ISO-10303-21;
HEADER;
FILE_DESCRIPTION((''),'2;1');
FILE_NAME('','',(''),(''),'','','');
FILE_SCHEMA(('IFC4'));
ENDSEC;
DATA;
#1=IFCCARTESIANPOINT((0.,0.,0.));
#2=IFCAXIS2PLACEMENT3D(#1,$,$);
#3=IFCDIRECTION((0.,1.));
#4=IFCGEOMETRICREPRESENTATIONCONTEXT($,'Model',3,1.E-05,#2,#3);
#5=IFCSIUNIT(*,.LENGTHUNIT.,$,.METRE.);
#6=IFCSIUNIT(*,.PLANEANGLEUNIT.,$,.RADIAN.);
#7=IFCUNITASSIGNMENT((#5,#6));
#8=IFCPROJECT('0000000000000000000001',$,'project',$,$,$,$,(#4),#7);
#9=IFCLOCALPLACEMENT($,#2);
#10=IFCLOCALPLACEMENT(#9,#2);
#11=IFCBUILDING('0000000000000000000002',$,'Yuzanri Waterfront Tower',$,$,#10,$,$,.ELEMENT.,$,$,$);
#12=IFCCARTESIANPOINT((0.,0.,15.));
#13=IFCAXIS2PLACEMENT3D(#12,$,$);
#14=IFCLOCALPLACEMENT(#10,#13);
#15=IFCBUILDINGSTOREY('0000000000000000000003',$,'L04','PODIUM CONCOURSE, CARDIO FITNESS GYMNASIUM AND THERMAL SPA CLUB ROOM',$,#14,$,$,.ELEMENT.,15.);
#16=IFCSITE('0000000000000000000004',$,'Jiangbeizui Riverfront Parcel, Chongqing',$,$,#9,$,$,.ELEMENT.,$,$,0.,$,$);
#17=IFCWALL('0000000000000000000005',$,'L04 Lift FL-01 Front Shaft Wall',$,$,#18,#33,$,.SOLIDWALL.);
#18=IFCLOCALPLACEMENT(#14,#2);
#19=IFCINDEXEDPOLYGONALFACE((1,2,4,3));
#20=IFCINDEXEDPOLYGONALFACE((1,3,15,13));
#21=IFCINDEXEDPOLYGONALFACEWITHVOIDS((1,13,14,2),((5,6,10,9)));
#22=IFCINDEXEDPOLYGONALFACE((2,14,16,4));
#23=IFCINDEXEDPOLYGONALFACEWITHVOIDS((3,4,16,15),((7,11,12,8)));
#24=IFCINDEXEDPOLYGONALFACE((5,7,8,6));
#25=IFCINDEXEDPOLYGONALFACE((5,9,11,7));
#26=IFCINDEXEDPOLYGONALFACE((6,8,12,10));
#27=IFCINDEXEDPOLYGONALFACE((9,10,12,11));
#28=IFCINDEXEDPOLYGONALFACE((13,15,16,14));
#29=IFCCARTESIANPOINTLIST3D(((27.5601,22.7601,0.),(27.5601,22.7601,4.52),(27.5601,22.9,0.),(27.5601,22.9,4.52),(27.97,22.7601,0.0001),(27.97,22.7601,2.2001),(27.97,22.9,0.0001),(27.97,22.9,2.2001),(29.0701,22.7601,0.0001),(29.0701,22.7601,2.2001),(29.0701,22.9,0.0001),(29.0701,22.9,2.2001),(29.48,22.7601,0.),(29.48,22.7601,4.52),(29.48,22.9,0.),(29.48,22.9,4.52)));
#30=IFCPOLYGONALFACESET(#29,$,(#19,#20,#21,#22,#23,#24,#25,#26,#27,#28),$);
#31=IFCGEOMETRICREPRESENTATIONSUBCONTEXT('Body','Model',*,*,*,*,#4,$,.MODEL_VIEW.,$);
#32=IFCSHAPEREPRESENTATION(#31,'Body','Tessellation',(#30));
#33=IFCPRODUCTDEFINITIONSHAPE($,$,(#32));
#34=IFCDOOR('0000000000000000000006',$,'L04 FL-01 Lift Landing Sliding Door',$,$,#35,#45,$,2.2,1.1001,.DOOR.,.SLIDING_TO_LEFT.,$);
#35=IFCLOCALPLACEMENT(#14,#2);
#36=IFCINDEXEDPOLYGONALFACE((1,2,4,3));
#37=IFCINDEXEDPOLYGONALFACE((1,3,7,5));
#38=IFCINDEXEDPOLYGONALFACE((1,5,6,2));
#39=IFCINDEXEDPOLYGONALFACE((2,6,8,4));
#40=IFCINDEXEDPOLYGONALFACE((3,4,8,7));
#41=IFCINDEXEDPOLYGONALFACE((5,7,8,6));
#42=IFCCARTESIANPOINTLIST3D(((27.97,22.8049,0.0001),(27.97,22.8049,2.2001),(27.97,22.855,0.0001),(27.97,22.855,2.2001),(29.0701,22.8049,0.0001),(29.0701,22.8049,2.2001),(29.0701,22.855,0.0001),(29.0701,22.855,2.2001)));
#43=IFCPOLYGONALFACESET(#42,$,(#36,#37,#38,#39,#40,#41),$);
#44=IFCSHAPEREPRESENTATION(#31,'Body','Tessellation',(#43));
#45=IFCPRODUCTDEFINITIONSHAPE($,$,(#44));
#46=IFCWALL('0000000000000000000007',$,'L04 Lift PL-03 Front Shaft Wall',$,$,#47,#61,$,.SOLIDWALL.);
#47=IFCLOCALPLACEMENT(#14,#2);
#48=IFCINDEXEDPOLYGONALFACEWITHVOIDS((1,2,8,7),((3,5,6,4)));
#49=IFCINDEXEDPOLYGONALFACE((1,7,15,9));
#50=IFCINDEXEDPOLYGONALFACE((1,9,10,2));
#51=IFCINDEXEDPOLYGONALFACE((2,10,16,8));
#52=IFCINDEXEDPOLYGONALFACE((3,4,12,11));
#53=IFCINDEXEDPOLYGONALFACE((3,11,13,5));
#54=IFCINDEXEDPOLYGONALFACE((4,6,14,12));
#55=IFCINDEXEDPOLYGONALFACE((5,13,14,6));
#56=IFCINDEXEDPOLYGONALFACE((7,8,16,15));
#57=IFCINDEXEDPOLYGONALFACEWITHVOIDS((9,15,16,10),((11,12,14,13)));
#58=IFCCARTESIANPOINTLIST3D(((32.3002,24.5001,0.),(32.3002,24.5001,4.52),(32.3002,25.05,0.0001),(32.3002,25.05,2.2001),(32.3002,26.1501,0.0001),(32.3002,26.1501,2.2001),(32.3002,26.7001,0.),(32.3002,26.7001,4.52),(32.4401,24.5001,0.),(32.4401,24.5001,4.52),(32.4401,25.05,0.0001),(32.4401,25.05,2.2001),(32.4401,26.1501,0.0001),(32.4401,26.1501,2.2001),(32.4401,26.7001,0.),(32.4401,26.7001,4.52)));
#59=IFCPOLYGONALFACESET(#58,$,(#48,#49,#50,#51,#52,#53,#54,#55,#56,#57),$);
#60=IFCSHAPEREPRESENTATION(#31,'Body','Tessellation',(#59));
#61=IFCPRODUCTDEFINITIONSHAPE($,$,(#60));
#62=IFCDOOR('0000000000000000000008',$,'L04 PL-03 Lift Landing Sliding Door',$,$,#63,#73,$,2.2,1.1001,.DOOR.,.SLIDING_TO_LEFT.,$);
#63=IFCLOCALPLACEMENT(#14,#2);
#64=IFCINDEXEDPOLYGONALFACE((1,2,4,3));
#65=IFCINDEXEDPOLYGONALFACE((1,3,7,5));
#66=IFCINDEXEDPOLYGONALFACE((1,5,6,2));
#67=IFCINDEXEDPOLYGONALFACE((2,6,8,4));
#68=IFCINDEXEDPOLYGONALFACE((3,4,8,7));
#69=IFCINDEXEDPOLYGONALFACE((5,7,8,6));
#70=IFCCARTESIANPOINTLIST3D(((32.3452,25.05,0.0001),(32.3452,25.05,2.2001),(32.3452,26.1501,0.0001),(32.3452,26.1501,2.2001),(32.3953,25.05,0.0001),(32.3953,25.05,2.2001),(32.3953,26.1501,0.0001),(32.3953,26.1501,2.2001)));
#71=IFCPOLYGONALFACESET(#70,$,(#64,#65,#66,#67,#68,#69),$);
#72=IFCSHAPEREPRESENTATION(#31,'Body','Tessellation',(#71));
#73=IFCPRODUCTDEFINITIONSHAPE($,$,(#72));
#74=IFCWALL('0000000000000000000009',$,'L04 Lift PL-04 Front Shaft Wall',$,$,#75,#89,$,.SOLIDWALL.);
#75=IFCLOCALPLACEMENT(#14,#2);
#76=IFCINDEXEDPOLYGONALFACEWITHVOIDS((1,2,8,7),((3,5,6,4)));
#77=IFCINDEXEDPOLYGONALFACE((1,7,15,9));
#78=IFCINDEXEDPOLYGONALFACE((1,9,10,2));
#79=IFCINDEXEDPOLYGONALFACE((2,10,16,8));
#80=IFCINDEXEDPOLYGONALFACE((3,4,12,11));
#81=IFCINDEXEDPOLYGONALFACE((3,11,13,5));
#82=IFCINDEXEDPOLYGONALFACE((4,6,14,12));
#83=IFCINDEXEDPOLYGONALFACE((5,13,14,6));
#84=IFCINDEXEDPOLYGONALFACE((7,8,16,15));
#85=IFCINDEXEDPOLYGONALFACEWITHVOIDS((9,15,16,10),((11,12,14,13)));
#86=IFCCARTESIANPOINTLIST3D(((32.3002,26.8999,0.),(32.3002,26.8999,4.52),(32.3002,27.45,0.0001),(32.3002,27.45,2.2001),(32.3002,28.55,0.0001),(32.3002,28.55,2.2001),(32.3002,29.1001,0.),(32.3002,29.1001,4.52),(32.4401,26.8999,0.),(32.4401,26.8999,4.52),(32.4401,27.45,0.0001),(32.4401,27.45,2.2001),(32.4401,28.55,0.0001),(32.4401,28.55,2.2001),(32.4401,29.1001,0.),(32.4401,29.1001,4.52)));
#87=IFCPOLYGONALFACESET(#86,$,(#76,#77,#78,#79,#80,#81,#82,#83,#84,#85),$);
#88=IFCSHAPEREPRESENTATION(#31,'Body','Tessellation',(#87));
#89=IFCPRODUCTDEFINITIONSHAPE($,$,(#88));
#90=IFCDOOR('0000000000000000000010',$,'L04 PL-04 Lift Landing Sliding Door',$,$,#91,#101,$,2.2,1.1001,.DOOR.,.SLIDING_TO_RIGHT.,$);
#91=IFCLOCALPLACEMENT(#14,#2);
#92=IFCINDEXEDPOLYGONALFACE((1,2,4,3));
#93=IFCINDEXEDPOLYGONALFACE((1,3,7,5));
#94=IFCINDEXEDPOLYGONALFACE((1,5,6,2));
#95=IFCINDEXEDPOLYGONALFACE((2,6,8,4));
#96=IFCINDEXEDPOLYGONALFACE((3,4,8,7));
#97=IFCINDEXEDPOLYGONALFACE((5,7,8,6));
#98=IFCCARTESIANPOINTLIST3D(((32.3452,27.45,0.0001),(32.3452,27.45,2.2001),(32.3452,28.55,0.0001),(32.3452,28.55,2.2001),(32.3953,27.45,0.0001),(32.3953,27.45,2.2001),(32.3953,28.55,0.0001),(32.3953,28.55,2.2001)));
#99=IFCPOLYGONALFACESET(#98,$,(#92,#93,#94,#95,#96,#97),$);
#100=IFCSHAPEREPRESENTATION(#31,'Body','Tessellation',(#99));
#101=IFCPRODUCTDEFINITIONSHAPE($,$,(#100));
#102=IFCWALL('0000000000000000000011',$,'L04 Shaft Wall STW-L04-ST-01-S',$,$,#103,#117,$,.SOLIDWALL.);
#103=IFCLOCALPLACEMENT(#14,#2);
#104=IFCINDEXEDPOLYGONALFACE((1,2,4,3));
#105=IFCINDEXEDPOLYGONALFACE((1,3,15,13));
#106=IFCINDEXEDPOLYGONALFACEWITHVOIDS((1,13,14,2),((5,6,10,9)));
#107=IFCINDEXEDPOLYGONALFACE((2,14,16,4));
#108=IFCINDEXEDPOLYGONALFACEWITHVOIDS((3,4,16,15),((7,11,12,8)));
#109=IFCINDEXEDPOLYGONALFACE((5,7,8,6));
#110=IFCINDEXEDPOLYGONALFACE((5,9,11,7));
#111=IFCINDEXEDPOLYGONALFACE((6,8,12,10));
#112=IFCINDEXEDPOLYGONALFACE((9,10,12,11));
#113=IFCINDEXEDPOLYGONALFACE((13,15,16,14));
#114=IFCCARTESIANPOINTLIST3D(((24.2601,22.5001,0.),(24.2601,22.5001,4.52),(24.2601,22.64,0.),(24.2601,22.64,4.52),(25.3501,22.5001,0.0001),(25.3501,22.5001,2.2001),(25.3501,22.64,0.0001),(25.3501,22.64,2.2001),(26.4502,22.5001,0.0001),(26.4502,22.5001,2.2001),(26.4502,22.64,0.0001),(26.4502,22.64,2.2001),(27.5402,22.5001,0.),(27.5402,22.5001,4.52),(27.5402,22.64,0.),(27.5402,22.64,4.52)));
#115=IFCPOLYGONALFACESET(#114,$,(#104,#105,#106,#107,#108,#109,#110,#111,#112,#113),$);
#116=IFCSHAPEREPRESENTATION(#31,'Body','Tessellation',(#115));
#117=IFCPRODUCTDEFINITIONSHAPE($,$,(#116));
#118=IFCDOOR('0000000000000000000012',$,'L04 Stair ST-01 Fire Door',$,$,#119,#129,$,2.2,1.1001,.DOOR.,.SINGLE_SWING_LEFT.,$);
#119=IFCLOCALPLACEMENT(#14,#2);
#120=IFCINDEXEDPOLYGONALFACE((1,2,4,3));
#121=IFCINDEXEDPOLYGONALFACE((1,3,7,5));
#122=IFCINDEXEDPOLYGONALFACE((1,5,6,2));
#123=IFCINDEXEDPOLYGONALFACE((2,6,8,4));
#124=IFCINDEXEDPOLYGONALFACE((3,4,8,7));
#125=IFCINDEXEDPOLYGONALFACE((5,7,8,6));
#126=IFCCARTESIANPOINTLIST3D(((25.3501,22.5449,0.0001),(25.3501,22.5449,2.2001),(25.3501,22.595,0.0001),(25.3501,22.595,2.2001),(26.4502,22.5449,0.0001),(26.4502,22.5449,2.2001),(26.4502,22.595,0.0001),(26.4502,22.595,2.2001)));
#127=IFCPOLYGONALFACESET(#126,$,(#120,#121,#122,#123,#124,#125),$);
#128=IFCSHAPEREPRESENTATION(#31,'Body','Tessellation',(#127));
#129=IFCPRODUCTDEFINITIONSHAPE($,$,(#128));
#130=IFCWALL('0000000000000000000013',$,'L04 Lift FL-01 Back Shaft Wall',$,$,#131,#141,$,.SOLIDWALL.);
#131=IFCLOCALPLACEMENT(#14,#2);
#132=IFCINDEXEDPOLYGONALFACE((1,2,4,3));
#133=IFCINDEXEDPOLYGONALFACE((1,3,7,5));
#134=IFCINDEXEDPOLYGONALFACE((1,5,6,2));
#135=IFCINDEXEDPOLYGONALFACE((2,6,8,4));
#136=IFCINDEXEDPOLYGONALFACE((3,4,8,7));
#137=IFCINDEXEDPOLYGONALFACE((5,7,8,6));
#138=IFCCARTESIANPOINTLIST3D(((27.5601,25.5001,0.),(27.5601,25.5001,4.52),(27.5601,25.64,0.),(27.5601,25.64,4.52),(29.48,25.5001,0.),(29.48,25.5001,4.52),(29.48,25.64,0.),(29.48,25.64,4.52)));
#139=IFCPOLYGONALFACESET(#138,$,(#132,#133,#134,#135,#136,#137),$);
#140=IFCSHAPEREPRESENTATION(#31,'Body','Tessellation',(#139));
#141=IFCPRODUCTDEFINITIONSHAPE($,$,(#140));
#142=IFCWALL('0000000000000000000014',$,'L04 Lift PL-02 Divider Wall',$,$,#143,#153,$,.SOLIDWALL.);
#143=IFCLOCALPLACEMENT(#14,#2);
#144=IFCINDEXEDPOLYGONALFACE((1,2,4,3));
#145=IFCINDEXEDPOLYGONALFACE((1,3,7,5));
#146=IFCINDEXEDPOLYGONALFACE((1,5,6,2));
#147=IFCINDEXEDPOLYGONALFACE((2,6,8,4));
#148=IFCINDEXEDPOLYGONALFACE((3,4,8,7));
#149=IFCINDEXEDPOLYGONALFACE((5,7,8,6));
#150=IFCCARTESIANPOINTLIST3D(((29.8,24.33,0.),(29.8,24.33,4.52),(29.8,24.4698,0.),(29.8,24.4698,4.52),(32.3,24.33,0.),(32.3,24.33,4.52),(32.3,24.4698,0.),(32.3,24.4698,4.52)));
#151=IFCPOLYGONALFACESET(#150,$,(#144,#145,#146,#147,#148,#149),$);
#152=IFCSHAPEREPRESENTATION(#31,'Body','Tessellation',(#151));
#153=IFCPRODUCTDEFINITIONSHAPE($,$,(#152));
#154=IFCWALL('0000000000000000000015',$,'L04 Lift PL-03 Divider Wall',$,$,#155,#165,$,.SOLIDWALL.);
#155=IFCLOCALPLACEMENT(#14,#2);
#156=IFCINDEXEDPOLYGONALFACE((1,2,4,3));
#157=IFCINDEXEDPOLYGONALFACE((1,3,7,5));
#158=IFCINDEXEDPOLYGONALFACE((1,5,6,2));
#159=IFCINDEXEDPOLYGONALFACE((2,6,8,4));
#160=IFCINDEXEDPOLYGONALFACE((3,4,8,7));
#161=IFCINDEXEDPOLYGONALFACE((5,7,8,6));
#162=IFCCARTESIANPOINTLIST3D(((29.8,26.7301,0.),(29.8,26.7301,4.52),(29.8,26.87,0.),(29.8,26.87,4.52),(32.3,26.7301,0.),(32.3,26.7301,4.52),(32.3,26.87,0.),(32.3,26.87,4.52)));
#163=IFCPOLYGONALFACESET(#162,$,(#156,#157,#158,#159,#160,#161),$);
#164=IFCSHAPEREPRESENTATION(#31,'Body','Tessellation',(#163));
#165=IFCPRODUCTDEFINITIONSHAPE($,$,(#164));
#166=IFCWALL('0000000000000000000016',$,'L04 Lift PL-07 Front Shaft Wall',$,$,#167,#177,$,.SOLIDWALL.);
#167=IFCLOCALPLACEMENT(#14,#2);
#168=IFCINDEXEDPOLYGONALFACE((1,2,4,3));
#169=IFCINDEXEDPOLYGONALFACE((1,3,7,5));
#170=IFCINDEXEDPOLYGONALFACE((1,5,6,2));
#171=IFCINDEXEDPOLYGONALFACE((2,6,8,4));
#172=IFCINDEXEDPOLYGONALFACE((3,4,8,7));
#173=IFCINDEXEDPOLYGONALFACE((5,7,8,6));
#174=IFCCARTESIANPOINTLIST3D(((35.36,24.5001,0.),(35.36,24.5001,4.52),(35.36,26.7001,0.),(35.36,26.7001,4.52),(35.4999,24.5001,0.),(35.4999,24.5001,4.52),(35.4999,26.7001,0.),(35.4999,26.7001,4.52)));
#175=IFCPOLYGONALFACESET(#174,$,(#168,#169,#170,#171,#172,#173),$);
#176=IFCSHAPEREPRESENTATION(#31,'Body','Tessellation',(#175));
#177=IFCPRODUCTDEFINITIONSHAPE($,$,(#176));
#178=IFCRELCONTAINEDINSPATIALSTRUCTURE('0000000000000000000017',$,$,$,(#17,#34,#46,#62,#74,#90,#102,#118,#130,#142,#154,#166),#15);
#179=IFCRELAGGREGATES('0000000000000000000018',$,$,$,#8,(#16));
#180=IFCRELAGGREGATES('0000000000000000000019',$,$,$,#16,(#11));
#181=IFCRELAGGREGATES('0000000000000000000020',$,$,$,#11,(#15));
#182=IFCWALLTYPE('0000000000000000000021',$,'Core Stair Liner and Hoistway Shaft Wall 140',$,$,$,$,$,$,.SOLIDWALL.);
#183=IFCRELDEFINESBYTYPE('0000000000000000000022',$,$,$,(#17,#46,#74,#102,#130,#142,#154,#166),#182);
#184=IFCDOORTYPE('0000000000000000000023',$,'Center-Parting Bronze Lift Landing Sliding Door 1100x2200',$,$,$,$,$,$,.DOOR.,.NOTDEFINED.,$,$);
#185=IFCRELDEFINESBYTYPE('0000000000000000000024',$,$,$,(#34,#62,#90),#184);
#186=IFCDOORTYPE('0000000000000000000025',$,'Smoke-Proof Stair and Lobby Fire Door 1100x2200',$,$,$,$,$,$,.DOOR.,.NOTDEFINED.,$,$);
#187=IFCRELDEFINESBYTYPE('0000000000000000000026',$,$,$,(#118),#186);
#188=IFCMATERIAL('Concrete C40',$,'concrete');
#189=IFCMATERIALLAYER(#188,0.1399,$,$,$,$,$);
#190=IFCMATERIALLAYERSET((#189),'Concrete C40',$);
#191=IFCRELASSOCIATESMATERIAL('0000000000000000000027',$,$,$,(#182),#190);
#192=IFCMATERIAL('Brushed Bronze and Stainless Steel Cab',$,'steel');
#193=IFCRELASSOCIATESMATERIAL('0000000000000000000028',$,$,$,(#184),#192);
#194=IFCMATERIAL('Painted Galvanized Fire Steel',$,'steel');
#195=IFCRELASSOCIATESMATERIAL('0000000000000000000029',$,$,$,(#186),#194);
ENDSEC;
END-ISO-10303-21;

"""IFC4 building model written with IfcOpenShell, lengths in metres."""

from ifc_helpers import new_model, si_unit, direction, frame, frame_2d, origin, place, context, subcontext, project, spatial, rectangle, extrude, source, transform, mapped, material, layer, layer_set, type_object, element, fill, save


model = new_model("IFC4")

# Units and contexts
model_context = context("Model", 3, precision=1e-05, world=origin(), true_north=direction((0.0, 1.0)))
body_context = subcontext(model_context, "Body", "Model", "MODEL_VIEW")
ifc_project = project(units=[si_unit("LENGTHUNIT", "METRE"), si_unit("PLANEANGLEUNIT", "RADIAN")], contexts=[model_context])

# Site, building, storey
site_placement = place(None, origin())
site = spatial("IfcSite", under=ifc_project, at=site_placement, Name="Jiangbeizui Riverfront Parcel, Chongqing", CompositionType="ELEMENT", RefElevation=0.0)
building_placement = place(site_placement, origin())
building = spatial("IfcBuilding", under=site, at=building_placement, Name="Yuzanri Waterfront Tower", CompositionType="ELEMENT")
storey_placement = place(building_placement, frame((0.0, 0.0, 15.0)))
storey = spatial("IfcBuildingStorey", under=building, at=storey_placement, Name="L04", Description="PODIUM CONCOURSE, CARDIO FITNESS GYMNASIUM AND THERMAL SPA CLUB ROOM", CompositionType="ELEMENT", Elevation=15.0)

# Walls, openings, doors
ifc_material_1 = material(Name="Concrete C40", Category="concrete")
ifc_layer_1 = layer(ifc_material_1, 0.1399)
ifc_layer_set_1 = layer_set([ifc_layer_1], Name="Concrete C40")
wall_type = type_object("IfcWallType", Name="Core Stair Liner and Hoistway Shaft Wall 140", PredefinedType="SOLIDWALL", material=ifc_layer_set_1)
wall_1_placement = place(storey_placement, frame((27.5601, 22.8301, 0.0), z_axis=(0.0, 0.0, 1.0), x_axis=(1.0, 0.0, 0.0)))
wall_1 = element("IfcWall", 1, at=wall_1_placement, inside=storey, type_object=wall_type, Name="L04 Lift FL-01 Front Shaft Wall", PredefinedType="SOLIDWALL", context=body_context, shape_type="SweptSolid", body=[
    extrude(rectangle(XDim=1.9199, YDim=0.1399, at=frame_2d((0.96, 0.0))), origin(), (0.0, 0.0, 1.0), 4.52),
])
opening_1_placement = place(wall_1_placement, frame((0.4099, 0.0, 0.0)))
opening_1 = element("IfcOpeningElement", 2, at=opening_1_placement, cuts=wall_1, PredefinedType="OPENING", context=body_context, shape_type="SweptSolid", body=[
    extrude(rectangle(XDim=1.1001, YDim=2.2, at=frame_2d((0.55, 1.1001))), frame((0.0, 0.085, 0.0), z_axis=(0.0, -1.0, 0.0), x_axis=(1.0, 0.0, 0.0)), (0.0, 0.0, 1.0), 0.1697),
])
ifc_material_2 = material(Name="Brushed Bronze and Stainless Steel Cab", Category="steel")
door_type_1 = type_object("IfcDoorType", Name="Center-Parting Bronze Lift Landing Sliding Door 1100x2200", OperationType="NOTDEFINED", PredefinedType="DOOR", material=ifc_material_2)
shared_shape_1 = source(origin(), body_context, "Body", "SweptSolid", [
    extrude(rectangle(XDim=1.1001, YDim=2.2, at=frame_2d((0.55, 1.1001))), frame((0.0, 0.0249, 0.0), z_axis=(0.0, -1.0, 0.0), x_axis=(1.0, 0.0, 0.0)), (0.0, 0.0, 1.0), 0.05),
])
door_1_placement = place(opening_1_placement, origin())
door_1 = element("IfcDoor", 3, at=door_1_placement, inside=storey, type_object=door_type_1, Name="L04 FL-01 Lift Landing Sliding Door", OperationType="SLIDING_TO_LEFT", OverallHeight=2.2, OverallWidth=1.1001, PredefinedType="DOOR", context=body_context, shape_type="MappedRepresentation", body=[
    mapped(shared_shape_1, transform((0.0, 0.0, 0.0), scale=1.0)),
])
fill(opening_1, door_1)
wall_2_placement = place(storey_placement, frame((32.3701, 24.5, 0.0), z_axis=(0.0, 0.0, 1.0), x_axis=(0.0, 1.0, 0.0)))
wall_2 = element("IfcWall", 4, at=wall_2_placement, inside=storey, type_object=wall_type, Name="L04 Lift PL-03 Front Shaft Wall", PredefinedType="SOLIDWALL", context=body_context, shape_type="SweptSolid", body=[
    extrude(rectangle(XDim=2.2, YDim=0.1399, at=frame_2d((1.1001, 0.0))), origin(), (0.0, 0.0, 1.0), 4.52),
])
opening_2_placement = place(wall_2_placement, frame((0.55, 0.0, 0.0)))
opening_2 = element("IfcOpeningElement", 5, at=opening_2_placement, cuts=wall_2, PredefinedType="OPENING", context=body_context, shape_type="SweptSolid", body=[
    extrude(rectangle(XDim=1.1001, YDim=2.2, at=frame_2d((0.55, 1.1001))), frame((0.0, 0.085, 0.0), z_axis=(0.0, -1.0, 0.0), x_axis=(1.0, 0.0, 0.0)), (0.0, 0.0, 1.0), 0.1697),
])
door_2_placement = place(opening_2_placement, origin())
door_2 = element("IfcDoor", 6, at=door_2_placement, inside=storey, type_object=door_type_1, Name="L04 PL-03 Lift Landing Sliding Door", OperationType="SLIDING_TO_LEFT", OverallHeight=2.2, OverallWidth=1.1001, PredefinedType="DOOR", context=body_context, shape_type="MappedRepresentation", body=[
    mapped(shared_shape_1, transform((0.0, 0.0, 0.0), scale=1.0)),
])
fill(opening_2, door_2)
wall_3_placement = place(storey_placement, frame((32.3701, 26.8999, 0.0), z_axis=(0.0, 0.0, 1.0), x_axis=(0.0, 1.0, 0.0)))
wall_3 = element("IfcWall", 7, at=wall_3_placement, inside=storey, type_object=wall_type, Name="L04 Lift PL-04 Front Shaft Wall", PredefinedType="SOLIDWALL", context=body_context, shape_type="SweptSolid", body=[
    extrude(rectangle(XDim=2.2002, YDim=0.1399, at=frame_2d((1.1001, 0.0))), origin(), (0.0, 0.0, 1.0), 4.52),
])
opening_3_placement = place(wall_3_placement, frame((0.55, 0.0, 0.0)))
opening_3 = element("IfcOpeningElement", 8, at=opening_3_placement, cuts=wall_3, PredefinedType="OPENING", context=body_context, shape_type="SweptSolid", body=[
    extrude(rectangle(XDim=1.1001, YDim=2.2, at=frame_2d((0.55, 1.1001))), frame((0.0, 0.085, 0.0), z_axis=(0.0, -1.0, 0.0), x_axis=(1.0, 0.0, 0.0)), (0.0, 0.0, 1.0), 0.1697),
])
door_3_placement = place(opening_3_placement, origin())
door_3 = element("IfcDoor", 9, at=door_3_placement, inside=storey, type_object=door_type_1, Name="L04 PL-04 Lift Landing Sliding Door", OperationType="SLIDING_TO_RIGHT", OverallHeight=2.2, OverallWidth=1.1001, PredefinedType="DOOR", context=body_context, shape_type="MappedRepresentation", body=[
    mapped(shared_shape_1, transform((0.0, 0.0, 0.0), scale=1.0)),
])
fill(opening_3, door_3)
wall_4_placement = place(storey_placement, frame((24.26, 22.5701, 0.0), z_axis=(0.0, 0.0, 1.0), x_axis=(1.0, 0.0, 0.0)))
wall_4 = element("IfcWall", 10, at=wall_4_placement, inside=storey, type_object=wall_type, Name="L04 Shaft Wall STW-L04-ST-01-S", PredefinedType="SOLIDWALL", context=body_context, shape_type="SweptSolid", body=[
    extrude(rectangle(XDim=3.28, YDim=0.1399, at=frame_2d((1.6401, 0.0))), origin(), (0.0, 0.0, 1.0), 4.52),
])
opening_4_placement = place(wall_4_placement, frame((1.0901, 0.0, 0.0)))
opening_4 = element("IfcOpeningElement", 11, at=opening_4_placement, cuts=wall_4, PredefinedType="OPENING", context=body_context, shape_type="SweptSolid", body=[
    extrude(rectangle(XDim=1.1001, YDim=2.2, at=frame_2d((0.55, 1.1001))), frame((0.0, 0.085, 0.0), z_axis=(0.0, -1.0, 0.0), x_axis=(1.0, 0.0, 0.0)), (0.0, 0.0, 1.0), 0.1697),
])
ifc_material_3 = material(Name="Painted Galvanized Fire Steel", Category="steel")
door_type_2 = type_object("IfcDoorType", Name="Smoke-Proof Stair and Lobby Fire Door 1100x2200", OperationType="NOTDEFINED", PredefinedType="DOOR", material=ifc_material_3)
shared_shape_2 = source(origin(), body_context, "Body", "SweptSolid", [
    extrude(rectangle(XDim=1.1001, YDim=2.2, at=frame_2d((0.55, 1.1001))), frame((0.0, 0.0249, 0.0), z_axis=(0.0, -1.0, 0.0), x_axis=(1.0, 0.0, 0.0)), (0.0, 0.0, 1.0), 0.05),
])
door_4_placement = place(opening_4_placement, origin())
door_4 = element("IfcDoor", 12, at=door_4_placement, inside=storey, type_object=door_type_2, Name="L04 Stair ST-01 Fire Door", OperationType="SINGLE_SWING_LEFT", OverallHeight=2.2, OverallWidth=1.1001, PredefinedType="DOOR", context=body_context, shape_type="MappedRepresentation", body=[
    mapped(shared_shape_2, transform((0.0, 0.0, 0.0), scale=1.0)),
])
fill(opening_4, door_4)

# Walls
shared_shape_3 = source(origin(), body_context, "Body", "SweptSolid", [
    extrude(rectangle(XDim=1.9199, YDim=0.1399, at=frame_2d((0.96, 0.0))), origin(), (0.0, 0.0, 1.0), 4.52),
])
wall_5_placement = place(storey_placement, frame((27.5601, 25.5701, 0.0), z_axis=(0.0, 0.0, 1.0), x_axis=(1.0, 0.0, 0.0)))
element("IfcWall", 13, at=wall_5_placement, inside=storey, type_object=wall_type, Name="L04 Lift FL-01 Back Shaft Wall", PredefinedType="SOLIDWALL", context=body_context, shape_type="MappedRepresentation", body=[
    mapped(shared_shape_3, transform((0.0, 0.0, 0.0), scale=1.0)),
])
shared_shape_4 = source(origin(), body_context, "Body", "SweptSolid", [
    extrude(rectangle(XDim=2.5, YDim=0.1399, at=frame_2d((1.25, 0.0))), origin(), (0.0, 0.0, 1.0), 4.52),
])
for number, where, z_axis, x_axis, name in (
    (14, (29.8, 24.3999, 0.0), (0.0, 0.0, 1.0), (1.0, 0.0, 0.0), "L04 Lift PL-02 Divider Wall"),
    (15, (29.8, 26.8, 0.0), (0.0, 0.0, 1.0), (1.0, 0.0, 0.0), "L04 Lift PL-03 Divider Wall"),
):
    element("IfcWall", number, at=place(storey_placement, frame(where, z_axis=z_axis, x_axis=x_axis)), inside=storey, type_object=wall_type, Name=name, PredefinedType="SOLIDWALL", context=body_context, shape_type="MappedRepresentation", body=[
        mapped(shared_shape_4, transform((0.0, 0.0, 0.0), scale=1.0)),
    ])
shared_shape_5 = source(origin(), body_context, "Body", "SweptSolid", [
    extrude(rectangle(XDim=2.2, YDim=0.1399, at=frame_2d((1.1001, 0.0))), origin(), (0.0, 0.0, 1.0), 4.52),
])
wall_6_placement = place(storey_placement, frame((35.4299, 24.5, 0.0), z_axis=(0.0, 0.0, 1.0), x_axis=(0.0, 1.0, 0.0)))
element("IfcWall", 16, at=wall_6_placement, inside=storey, type_object=wall_type, Name="L04 Lift PL-07 Front Shaft Wall", PredefinedType="SOLIDWALL", context=body_context, shape_type="MappedRepresentation", body=[
    mapped(shared_shape_5, transform((0.0, 0.0, 0.0), scale=1.0)),
])

save(model, "model.ifc")
